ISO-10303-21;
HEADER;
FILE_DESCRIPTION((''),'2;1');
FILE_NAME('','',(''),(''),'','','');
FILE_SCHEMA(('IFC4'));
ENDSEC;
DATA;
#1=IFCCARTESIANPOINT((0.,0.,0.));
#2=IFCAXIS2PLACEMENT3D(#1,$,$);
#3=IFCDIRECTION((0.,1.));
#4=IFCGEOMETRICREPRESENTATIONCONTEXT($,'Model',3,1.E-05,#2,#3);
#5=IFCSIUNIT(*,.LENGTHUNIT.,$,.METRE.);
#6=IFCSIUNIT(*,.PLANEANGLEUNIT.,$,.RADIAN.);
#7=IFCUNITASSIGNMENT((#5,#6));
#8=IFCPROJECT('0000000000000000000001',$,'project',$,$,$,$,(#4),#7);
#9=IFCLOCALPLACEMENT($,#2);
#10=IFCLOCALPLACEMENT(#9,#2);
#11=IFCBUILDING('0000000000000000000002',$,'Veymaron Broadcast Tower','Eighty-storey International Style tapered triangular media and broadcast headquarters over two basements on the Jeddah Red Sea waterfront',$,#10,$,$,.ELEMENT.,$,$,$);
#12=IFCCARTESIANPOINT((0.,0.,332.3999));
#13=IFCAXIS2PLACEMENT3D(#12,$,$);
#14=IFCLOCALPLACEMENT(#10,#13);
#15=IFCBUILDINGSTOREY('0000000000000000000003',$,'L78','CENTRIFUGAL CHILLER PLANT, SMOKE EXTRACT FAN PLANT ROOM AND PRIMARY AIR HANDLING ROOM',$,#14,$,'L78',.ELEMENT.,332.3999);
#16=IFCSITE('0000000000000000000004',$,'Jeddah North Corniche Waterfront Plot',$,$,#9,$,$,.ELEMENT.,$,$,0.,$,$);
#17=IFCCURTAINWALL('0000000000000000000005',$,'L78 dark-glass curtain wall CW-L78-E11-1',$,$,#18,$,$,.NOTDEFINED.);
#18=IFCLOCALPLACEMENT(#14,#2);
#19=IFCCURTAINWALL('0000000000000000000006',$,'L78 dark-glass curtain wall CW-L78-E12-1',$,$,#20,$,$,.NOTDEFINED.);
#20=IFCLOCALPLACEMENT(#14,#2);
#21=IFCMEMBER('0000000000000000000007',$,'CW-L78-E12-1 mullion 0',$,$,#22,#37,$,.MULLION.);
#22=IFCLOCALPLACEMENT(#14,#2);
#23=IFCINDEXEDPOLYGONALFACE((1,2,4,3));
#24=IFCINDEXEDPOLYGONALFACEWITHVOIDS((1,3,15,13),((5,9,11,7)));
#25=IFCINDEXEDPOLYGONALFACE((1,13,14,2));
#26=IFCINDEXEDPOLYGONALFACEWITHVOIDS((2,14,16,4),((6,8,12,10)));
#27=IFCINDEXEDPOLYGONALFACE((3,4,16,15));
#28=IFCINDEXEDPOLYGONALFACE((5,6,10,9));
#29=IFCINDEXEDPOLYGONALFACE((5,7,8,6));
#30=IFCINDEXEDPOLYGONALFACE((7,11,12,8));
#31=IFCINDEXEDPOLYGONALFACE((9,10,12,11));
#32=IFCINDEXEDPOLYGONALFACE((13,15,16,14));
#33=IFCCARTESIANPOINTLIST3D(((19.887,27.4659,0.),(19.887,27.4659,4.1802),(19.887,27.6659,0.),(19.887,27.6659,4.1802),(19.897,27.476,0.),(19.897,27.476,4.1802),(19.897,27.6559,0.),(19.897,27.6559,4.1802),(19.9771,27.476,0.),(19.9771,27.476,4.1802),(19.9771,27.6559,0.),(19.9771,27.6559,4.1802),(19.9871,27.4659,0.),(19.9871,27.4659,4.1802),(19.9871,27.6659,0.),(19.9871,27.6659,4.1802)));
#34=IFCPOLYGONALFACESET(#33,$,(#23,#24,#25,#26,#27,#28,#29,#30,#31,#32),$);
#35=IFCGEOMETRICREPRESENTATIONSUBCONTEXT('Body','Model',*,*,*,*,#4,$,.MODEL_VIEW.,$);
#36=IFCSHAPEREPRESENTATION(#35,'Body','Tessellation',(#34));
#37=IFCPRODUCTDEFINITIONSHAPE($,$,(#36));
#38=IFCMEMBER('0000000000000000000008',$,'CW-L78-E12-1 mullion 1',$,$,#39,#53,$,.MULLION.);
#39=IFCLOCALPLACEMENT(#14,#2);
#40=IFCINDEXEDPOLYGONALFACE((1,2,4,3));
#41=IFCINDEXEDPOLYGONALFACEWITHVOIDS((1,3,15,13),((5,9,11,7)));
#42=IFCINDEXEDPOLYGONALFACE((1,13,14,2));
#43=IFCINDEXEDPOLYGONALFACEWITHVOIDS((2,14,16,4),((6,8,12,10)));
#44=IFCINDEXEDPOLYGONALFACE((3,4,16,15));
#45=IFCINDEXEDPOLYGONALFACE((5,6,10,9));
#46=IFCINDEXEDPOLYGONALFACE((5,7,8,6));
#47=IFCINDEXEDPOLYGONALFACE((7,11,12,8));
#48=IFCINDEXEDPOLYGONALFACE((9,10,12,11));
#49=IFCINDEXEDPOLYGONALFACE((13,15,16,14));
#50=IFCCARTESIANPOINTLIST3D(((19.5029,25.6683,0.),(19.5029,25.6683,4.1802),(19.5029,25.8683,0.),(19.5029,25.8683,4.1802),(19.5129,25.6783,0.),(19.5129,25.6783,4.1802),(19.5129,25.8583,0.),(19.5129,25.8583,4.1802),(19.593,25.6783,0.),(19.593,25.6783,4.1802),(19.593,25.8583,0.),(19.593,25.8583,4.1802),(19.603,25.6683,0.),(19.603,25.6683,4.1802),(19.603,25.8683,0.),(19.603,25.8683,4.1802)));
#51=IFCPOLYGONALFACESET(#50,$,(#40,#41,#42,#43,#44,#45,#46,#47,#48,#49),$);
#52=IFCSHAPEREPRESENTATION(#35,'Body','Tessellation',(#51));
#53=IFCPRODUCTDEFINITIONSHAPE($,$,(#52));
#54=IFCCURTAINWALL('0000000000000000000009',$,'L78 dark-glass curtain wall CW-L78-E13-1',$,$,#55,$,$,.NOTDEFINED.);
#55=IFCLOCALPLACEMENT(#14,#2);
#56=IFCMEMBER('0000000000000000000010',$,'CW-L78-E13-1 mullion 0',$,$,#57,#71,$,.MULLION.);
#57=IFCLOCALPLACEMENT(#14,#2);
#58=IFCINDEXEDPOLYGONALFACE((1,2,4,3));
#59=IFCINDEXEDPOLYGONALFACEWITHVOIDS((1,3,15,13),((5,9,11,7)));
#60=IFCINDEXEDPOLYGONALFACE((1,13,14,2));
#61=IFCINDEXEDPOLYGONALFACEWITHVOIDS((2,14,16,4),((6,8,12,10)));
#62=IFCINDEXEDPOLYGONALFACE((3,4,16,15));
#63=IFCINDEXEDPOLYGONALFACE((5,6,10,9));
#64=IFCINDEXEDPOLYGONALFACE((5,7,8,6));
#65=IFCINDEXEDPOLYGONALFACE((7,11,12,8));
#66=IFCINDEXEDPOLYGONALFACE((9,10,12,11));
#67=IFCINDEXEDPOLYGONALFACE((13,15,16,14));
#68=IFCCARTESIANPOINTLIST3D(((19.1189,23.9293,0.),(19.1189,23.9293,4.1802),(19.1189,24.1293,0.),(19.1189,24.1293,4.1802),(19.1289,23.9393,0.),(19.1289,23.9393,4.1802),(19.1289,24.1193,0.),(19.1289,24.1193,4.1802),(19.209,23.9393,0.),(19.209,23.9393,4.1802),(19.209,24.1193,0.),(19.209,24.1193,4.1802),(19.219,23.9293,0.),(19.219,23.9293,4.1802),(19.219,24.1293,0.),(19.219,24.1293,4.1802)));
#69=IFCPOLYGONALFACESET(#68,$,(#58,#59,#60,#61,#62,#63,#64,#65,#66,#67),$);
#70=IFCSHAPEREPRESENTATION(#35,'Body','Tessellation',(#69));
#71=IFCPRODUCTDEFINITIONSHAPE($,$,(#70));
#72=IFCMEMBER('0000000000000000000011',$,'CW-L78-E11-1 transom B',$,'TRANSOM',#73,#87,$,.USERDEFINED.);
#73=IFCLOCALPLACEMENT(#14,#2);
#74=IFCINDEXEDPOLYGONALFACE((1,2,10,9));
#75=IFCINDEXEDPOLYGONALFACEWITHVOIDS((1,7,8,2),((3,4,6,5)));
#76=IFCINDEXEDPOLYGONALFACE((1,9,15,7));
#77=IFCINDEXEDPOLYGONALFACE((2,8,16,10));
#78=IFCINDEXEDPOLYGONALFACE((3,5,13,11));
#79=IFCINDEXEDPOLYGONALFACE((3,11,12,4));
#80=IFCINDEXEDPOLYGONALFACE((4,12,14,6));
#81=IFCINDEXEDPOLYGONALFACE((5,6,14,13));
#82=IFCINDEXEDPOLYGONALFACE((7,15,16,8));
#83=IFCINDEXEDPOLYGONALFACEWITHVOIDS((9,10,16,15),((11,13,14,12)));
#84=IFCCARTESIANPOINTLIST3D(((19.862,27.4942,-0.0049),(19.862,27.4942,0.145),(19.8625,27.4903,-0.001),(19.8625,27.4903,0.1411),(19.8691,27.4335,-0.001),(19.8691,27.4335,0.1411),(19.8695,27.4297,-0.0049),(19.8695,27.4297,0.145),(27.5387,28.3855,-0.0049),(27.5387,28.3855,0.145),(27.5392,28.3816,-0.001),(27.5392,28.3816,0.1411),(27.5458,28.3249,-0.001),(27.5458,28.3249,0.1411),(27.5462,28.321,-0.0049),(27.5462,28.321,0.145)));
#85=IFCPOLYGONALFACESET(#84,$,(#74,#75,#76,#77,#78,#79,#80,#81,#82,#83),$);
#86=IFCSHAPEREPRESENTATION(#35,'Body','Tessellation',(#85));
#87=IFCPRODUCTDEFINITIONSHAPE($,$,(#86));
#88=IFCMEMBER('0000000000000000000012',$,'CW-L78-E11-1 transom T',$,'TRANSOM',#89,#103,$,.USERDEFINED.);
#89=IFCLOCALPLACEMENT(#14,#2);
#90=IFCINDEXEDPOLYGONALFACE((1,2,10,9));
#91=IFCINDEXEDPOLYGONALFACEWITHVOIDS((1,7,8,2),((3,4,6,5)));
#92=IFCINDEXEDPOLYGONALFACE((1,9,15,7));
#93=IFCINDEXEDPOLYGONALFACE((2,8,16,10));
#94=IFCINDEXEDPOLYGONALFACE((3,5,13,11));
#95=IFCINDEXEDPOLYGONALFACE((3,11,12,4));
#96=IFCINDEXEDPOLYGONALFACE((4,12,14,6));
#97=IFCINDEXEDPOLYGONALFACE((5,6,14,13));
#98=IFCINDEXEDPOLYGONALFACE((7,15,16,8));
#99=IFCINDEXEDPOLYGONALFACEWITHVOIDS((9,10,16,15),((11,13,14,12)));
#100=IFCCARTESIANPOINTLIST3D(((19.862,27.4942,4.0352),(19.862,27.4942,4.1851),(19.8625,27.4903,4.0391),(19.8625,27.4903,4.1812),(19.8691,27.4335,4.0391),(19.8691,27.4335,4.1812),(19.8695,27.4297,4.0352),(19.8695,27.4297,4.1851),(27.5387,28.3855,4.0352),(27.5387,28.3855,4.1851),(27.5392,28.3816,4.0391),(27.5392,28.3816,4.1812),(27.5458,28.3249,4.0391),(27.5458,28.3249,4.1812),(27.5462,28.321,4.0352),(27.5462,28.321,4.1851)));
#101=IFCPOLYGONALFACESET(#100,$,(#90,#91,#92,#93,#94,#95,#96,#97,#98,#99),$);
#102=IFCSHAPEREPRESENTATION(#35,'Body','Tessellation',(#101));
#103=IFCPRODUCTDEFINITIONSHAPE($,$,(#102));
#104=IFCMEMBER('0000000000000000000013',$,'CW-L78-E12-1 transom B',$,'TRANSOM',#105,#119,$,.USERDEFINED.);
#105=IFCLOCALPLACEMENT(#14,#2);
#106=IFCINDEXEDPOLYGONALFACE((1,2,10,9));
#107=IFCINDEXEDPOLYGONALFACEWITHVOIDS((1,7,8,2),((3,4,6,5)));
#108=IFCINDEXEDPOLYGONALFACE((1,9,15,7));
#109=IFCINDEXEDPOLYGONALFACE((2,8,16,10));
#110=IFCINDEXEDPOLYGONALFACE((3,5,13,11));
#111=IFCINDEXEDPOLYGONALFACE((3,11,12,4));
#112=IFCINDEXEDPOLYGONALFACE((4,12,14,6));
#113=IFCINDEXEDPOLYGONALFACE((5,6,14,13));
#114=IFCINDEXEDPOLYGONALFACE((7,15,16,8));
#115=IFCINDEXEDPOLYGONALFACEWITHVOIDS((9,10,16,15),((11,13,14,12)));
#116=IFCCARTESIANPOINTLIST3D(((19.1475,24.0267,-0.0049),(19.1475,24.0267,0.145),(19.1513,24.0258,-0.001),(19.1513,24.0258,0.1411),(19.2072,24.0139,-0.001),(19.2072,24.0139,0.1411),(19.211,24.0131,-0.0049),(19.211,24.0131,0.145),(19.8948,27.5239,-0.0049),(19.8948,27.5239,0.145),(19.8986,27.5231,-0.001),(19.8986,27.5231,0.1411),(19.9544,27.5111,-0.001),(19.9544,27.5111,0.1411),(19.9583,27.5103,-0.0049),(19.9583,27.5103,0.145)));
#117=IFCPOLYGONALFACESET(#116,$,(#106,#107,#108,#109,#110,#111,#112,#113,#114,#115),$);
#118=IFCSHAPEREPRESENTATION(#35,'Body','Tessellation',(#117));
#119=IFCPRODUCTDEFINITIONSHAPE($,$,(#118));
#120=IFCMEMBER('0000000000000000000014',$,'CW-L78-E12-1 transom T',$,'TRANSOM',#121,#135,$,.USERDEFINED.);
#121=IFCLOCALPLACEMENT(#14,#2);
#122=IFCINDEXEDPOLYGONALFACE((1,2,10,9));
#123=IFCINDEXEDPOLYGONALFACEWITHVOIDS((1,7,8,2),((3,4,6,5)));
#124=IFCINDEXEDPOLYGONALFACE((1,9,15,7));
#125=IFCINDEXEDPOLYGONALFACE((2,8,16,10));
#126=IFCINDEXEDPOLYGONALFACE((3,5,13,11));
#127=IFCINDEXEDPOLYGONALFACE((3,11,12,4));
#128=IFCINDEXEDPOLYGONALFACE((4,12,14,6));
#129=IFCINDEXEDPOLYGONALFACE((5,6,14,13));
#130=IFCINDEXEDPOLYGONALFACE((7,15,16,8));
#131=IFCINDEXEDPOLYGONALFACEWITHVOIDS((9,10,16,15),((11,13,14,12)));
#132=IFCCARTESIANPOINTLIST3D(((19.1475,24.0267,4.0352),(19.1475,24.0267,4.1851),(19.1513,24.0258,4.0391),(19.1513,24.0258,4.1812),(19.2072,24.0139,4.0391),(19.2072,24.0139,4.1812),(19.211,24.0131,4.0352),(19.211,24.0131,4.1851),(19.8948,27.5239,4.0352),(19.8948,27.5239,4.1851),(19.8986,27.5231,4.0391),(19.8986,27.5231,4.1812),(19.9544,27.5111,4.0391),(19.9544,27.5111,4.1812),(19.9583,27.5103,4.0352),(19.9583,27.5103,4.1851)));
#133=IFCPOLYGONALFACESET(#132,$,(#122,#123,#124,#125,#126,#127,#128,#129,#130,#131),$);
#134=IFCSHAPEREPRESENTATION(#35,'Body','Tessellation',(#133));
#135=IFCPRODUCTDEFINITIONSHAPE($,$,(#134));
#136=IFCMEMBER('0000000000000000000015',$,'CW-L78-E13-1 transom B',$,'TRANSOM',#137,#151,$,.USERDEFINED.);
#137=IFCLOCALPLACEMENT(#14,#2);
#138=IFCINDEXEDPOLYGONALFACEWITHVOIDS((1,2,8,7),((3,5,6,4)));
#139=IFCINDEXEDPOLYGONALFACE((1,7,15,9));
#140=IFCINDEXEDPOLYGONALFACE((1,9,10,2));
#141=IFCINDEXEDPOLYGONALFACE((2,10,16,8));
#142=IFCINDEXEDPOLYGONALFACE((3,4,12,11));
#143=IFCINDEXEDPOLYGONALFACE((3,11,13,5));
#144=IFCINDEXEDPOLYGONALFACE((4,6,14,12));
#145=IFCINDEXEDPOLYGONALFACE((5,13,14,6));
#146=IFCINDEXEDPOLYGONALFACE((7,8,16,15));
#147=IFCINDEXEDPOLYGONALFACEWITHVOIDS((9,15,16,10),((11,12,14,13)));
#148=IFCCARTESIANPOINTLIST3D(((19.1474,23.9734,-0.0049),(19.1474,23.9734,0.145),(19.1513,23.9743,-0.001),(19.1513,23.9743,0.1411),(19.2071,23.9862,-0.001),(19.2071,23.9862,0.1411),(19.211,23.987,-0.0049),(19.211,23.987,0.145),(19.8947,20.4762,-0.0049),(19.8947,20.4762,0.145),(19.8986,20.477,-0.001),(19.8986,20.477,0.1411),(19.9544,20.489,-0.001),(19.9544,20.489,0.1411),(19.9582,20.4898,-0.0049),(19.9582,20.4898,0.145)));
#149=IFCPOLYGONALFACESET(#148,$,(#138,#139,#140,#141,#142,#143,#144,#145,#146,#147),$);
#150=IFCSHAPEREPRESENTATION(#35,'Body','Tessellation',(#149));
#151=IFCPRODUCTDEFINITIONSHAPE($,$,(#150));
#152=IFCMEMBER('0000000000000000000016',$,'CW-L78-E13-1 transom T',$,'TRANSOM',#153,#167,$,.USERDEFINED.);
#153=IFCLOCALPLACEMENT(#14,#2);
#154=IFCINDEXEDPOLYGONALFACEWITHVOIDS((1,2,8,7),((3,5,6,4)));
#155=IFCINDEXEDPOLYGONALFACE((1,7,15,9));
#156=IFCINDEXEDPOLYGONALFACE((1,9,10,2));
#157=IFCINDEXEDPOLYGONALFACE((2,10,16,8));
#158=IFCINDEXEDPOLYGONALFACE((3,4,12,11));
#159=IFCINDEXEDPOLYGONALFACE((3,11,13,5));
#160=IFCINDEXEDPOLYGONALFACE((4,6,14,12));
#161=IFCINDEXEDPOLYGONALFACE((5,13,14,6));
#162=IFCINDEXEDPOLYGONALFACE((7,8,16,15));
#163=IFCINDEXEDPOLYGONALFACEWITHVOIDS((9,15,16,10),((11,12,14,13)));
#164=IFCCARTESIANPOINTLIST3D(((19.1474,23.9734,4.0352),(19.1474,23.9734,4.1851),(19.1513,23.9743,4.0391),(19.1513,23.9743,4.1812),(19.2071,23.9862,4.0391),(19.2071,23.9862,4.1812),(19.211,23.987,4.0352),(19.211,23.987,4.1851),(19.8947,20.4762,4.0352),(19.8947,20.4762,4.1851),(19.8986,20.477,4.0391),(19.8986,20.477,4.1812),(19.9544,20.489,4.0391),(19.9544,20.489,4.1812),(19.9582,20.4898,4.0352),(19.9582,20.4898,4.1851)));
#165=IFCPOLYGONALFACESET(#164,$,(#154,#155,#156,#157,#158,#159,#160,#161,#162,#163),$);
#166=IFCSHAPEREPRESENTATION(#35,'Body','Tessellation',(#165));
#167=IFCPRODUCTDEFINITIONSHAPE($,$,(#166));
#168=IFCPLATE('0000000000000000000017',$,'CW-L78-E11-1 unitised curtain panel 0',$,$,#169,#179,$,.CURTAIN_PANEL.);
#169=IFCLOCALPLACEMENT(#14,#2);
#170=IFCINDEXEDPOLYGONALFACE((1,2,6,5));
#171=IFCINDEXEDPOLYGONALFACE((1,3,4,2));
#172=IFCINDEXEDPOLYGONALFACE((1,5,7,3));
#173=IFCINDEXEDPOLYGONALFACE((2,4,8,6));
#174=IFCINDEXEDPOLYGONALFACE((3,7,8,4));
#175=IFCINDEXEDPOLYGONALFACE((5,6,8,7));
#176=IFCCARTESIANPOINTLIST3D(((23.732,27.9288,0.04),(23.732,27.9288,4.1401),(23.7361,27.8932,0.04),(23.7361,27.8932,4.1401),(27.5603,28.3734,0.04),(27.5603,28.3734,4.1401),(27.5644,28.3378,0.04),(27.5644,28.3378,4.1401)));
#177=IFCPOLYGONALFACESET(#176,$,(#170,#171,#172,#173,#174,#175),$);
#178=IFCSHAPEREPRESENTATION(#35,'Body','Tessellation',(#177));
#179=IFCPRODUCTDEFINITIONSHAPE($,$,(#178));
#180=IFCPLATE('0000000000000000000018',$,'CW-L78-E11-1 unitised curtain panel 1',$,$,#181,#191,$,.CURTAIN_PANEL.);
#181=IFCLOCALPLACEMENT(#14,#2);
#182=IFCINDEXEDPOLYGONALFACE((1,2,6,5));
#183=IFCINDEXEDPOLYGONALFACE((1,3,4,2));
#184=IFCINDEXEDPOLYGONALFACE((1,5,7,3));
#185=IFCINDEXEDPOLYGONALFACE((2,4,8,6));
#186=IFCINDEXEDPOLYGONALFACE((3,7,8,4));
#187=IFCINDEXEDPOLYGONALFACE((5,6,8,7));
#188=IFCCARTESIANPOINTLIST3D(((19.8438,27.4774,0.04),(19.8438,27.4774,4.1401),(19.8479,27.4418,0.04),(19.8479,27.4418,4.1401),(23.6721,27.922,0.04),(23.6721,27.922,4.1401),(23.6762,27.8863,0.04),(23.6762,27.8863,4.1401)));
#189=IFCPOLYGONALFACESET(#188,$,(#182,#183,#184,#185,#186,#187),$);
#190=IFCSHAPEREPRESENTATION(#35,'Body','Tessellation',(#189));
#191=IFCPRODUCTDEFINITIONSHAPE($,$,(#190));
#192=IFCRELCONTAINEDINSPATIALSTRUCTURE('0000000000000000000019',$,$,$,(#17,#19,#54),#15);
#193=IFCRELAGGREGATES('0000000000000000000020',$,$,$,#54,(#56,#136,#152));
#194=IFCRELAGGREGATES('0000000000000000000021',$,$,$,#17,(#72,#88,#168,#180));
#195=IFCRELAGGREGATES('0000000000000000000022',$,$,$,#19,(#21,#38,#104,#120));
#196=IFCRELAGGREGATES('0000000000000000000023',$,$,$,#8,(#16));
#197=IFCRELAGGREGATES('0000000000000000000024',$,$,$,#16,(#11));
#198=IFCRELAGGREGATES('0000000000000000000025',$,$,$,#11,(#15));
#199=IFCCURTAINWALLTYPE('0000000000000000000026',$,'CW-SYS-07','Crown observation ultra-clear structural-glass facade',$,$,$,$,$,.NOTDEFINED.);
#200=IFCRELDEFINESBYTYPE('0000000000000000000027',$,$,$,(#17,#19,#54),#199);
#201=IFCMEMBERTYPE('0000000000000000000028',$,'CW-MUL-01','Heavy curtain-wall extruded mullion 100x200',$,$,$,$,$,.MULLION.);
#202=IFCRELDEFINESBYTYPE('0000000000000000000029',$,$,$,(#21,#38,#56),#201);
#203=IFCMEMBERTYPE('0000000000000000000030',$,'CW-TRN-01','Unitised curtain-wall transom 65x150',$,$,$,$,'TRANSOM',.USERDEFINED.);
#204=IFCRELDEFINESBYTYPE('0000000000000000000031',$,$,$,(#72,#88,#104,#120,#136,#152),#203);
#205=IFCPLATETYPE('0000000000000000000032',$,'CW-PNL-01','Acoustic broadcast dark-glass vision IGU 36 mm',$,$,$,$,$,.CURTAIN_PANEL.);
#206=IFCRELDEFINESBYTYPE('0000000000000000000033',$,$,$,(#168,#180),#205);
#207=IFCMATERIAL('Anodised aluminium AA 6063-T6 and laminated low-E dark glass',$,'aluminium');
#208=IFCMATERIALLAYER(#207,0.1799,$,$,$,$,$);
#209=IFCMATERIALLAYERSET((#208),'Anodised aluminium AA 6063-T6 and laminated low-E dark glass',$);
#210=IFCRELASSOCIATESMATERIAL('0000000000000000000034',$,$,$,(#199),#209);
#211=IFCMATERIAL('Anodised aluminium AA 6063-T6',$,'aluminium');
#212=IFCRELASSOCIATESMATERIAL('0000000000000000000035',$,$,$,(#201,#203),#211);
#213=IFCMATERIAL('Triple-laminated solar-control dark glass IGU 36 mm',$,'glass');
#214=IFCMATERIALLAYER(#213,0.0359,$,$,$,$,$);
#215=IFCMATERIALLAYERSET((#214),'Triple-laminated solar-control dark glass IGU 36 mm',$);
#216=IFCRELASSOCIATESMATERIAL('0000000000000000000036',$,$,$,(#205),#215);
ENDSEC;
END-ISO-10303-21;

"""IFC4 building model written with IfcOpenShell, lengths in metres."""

from ifc_helpers import new_model, si_unit, direction, frame, origin, origin_2d, place, context, subcontext, project, spatial, rectangle, hollow_rectangle, extrude, material, layer, layer_set, material_profile, profile_set, type_object, element, aggregate, save


model = new_model("IFC4")

# Units and contexts
model_context = context("Model", 3, precision=1e-05, world=origin(), true_north=direction((0.0, 1.0)))
body_context = subcontext(model_context, "Body", "Model", "MODEL_VIEW")
ifc_project = project(units=[si_unit("LENGTHUNIT", "METRE"), si_unit("PLANEANGLEUNIT", "RADIAN")], contexts=[model_context])

# Site, building, storey
site_placement = place(None, origin())
site = spatial("IfcSite", under=ifc_project, at=site_placement, Name="Jeddah North Corniche Waterfront Plot", CompositionType="ELEMENT", RefElevation=0.0)
building_placement = place(site_placement, origin())
building = spatial("IfcBuilding", under=site, at=building_placement, Name="Veymaron Broadcast Tower", Description="Eighty-storey International Style tapered triangular media and broadcast headquarters over two basements on the Jeddah Red Sea waterfront", CompositionType="ELEMENT")
storey_placement = place(building_placement, frame((0.0, 0.0, 332.3999)))
storey = spatial("IfcBuildingStorey", under=building, at=storey_placement, Name="L78", Description="CENTRIFUGAL CHILLER PLANT, SMOKE EXTRACT FAN PLANT ROOM AND PRIMARY AIR HANDLING ROOM", LongName="L78", CompositionType="ELEMENT", Elevation=332.3999)

# Shared definitions
ifc_material_1 = material(Name="Anodised aluminium AA 6063-T6 and laminated low-E dark glass", Category="aluminium")
ifc_layer_1 = layer(ifc_material_1, 0.1799)
ifc_layer_set_1 = layer_set([ifc_layer_1], Name="Anodised aluminium AA 6063-T6 and laminated low-E dark glass")
curtain_wall_type = type_object("IfcCurtainWallType", Name="CW-SYS-07", Description="Crown observation ultra-clear structural-glass facade", PredefinedType="NOTDEFINED", material=ifc_layer_set_1)
ifc_material_2 = material(Name="Anodised aluminium AA 6063-T6", Category="aluminium")
ifc_material_profile_1 = material_profile(ifc_material_2, hollow_rectangle(XDim=0.1001, YDim=0.2, WallThickness=0.01, at=origin_2d()), Name="RHS200X100X10")
ifc_profile_set_1 = profile_set([ifc_material_profile_1], Name="Anodised aluminium AA 6063-T6")
member_type_1 = type_object("IfcMemberType", Name="CW-MUL-01", Description="Heavy curtain-wall extruded mullion 100x200", PredefinedType="MULLION", material=ifc_profile_set_1)

# Curtain walls, members
curtain_wall_1_placement = place(storey_placement, origin())
curtain_wall_1 = element("IfcCurtainWall", 1, at=curtain_wall_1_placement, inside=storey, type_object=curtain_wall_type, Name="L78 dark-glass curtain wall CW-L78-E11-1", PredefinedType="NOTDEFINED")
curtain_wall_2_placement = place(storey_placement, origin())
curtain_wall_2 = element("IfcCurtainWall", 2, at=curtain_wall_2_placement, inside=storey, type_object=curtain_wall_type, Name="L78 dark-glass curtain wall CW-L78-E12-1", PredefinedType="NOTDEFINED")
member_1_placement = place(storey_placement, frame((19.937, 27.5659, 0.0), z_axis=(0.0, 0.0, 1.0), x_axis=(1.0, 0.0, 0.0)))
member_1 = element("IfcMember", 3, at=member_1_placement, type_object=member_type_1, Name="CW-L78-E12-1 mullion 0", PredefinedType="MULLION", context=body_context, shape_type="SweptSolid", body=[
    extrude(hollow_rectangle(XDim=0.1001, YDim=0.2, WallThickness=0.01, at=origin_2d()), origin(), (0.0, 0.0, 1.0), 4.1802),
])
member_2_placement = place(storey_placement, frame((19.553, 25.7683, 0.0), z_axis=(0.0, 0.0, 1.0), x_axis=(1.0, 0.0, 0.0)))
member_2 = element("IfcMember", 4, at=member_2_placement, type_object=member_type_1, Name="CW-L78-E12-1 mullion 1", PredefinedType="MULLION", context=body_context, shape_type="SweptSolid", body=[
    extrude(hollow_rectangle(XDim=0.1001, YDim=0.2, WallThickness=0.01, at=origin_2d()), origin(), (0.0, 0.0, 1.0), 4.1802),
])

# Curtain wall, member
curtain_wall_3_placement = place(storey_placement, origin())
curtain_wall_3 = element("IfcCurtainWall", 5, at=curtain_wall_3_placement, inside=storey, type_object=curtain_wall_type, Name="L78 dark-glass curtain wall CW-L78-E13-1", PredefinedType="NOTDEFINED")
member_3_placement = place(storey_placement, frame((19.1689, 24.0293, 0.0), z_axis=(0.0, 0.0, 1.0), x_axis=(1.0, 0.0, 0.0)))
member_3 = element("IfcMember", 6, at=member_3_placement, type_object=member_type_1, Name="CW-L78-E13-1 mullion 0", PredefinedType="MULLION", context=body_context, shape_type="SweptSolid", body=[
    extrude(hollow_rectangle(XDim=0.1001, YDim=0.2, WallThickness=0.01, at=origin_2d()), origin(), (0.0, 0.0, 1.0), 4.1802),
])

# Members
ifc_material_profile_2 = material_profile(ifc_material_2, hollow_rectangle(XDim=0.0649, YDim=0.1499, WallThickness=0.0039, at=origin_2d()), Name="AL150X65X4")
ifc_profile_set_2 = profile_set([ifc_material_profile_2], Name="Anodised aluminium AA 6063-T6")
member_type_2 = type_object("IfcMemberType", Name="CW-TRN-01", Description="Unitised curtain-wall transom 65x150", ElementType="TRANSOM", PredefinedType="USERDEFINED", material=ifc_profile_set_2)
member_4_placement = place(storey_placement, frame((27.5425, 28.3533, 0.0701), z_axis=(-0.993326, -0.115336, 0.0), x_axis=(0.115336, -0.993326, 0.0)))
member_4 = element("IfcMember", 7, at=member_4_placement, type_object=member_type_2, Name="CW-L78-E11-1 transom B", ObjectType="TRANSOM", PredefinedType="USERDEFINED", context=body_context, shape_type="SweptSolid", body=[
    extrude(hollow_rectangle(XDim=0.0649, YDim=0.1499, WallThickness=0.0039, at=origin_2d()), origin(), (0.0, 0.0, 1.0), 7.7283),
])
member_5_placement = place(storey_placement, frame((27.5425, 28.3533, 4.1101), z_axis=(-0.993326, -0.115336, 0.0), x_axis=(0.115336, -0.993326, 0.0)))
member_5 = element("IfcMember", 8, at=member_5_placement, type_object=member_type_2, Name="CW-L78-E11-1 transom T", ObjectType="TRANSOM", PredefinedType="USERDEFINED", context=body_context, shape_type="SweptSolid", body=[
    extrude(hollow_rectangle(XDim=0.0649, YDim=0.1499, WallThickness=0.0039, at=origin_2d()), origin(), (0.0, 0.0, 1.0), 7.7283),
])
member_6_placement = place(storey_placement, frame((19.9265, 27.5171, 0.0701), z_axis=(-0.208965, -0.977923, 0.0), x_axis=(0.977923, -0.208965, 0.0)))
member_6 = element("IfcMember", 9, at=member_6_placement, type_object=member_type_2, Name="CW-L78-E12-1 transom B", ObjectType="TRANSOM", PredefinedType="USERDEFINED", context=body_context, shape_type="SweptSolid", body=[
    extrude(hollow_rectangle(XDim=0.0649, YDim=0.1499, WallThickness=0.0039, at=origin_2d()), origin(), (0.0, 0.0, 1.0), 3.5762),
])
member_7_placement = place(storey_placement, frame((19.9265, 27.5171, 4.1101), z_axis=(-0.208965, -0.977923, 0.0), x_axis=(0.977923, -0.208965, 0.0)))
member_7 = element("IfcMember", 10, at=member_7_placement, type_object=member_type_2, Name="CW-L78-E12-1 transom T", ObjectType="TRANSOM", PredefinedType="USERDEFINED", context=body_context, shape_type="SweptSolid", body=[
    extrude(hollow_rectangle(XDim=0.0649, YDim=0.1499, WallThickness=0.0039, at=origin_2d()), origin(), (0.0, 0.0, 1.0), 3.5762),
])
member_8_placement = place(storey_placement, frame((19.1792, 23.9802, 0.0701), z_axis=(0.208965, -0.977923, 0.0), x_axis=(0.977923, 0.208965, 0.0)))
member_8 = element("IfcMember", 11, at=member_8_placement, type_object=member_type_2, Name="CW-L78-E13-1 transom B", ObjectType="TRANSOM", PredefinedType="USERDEFINED", context=body_context, shape_type="SweptSolid", body=[
    extrude(hollow_rectangle(XDim=0.0649, YDim=0.1499, WallThickness=0.0039, at=origin_2d()), origin(), (0.0, 0.0, 1.0), 3.5762),
])
member_9_placement = place(storey_placement, frame((19.1792, 23.9802, 4.1101), z_axis=(0.208965, -0.977923, 0.0), x_axis=(0.977923, 0.208965, 0.0)))
member_9 = element("IfcMember", 12, at=member_9_placement, type_object=member_type_2, Name="CW-L78-E13-1 transom T", ObjectType="TRANSOM", PredefinedType="USERDEFINED", context=body_context, shape_type="SweptSolid", body=[
    extrude(hollow_rectangle(XDim=0.0649, YDim=0.1499, WallThickness=0.0039, at=origin_2d()), origin(), (0.0, 0.0, 1.0), 3.5762),
])
aggregate(curtain_wall_3, [member_3, member_8, member_9])

# Plates
ifc_material_3 = material(Name="Triple-laminated solar-control dark glass IGU 36 mm", Category="glass")
ifc_layer_2 = layer(ifc_material_3, 0.0359)
ifc_layer_set_2 = layer_set([ifc_layer_2], Name="Triple-laminated solar-control dark glass IGU 36 mm")
plate_type = type_object("IfcPlateType", Name="CW-PNL-01", Description="Acoustic broadcast dark-glass vision IGU 36 mm", PredefinedType="CURTAIN_PANEL", material=ifc_layer_set_2)
plate_1_placement = place(storey_placement, frame((25.6482, 28.1333, 0.04), z_axis=(0.0, 0.0, 1.0), x_axis=(-0.993325, -0.115353, 0.0)))
plate_1 = element("IfcPlate", 13, at=plate_1_placement, type_object=plate_type, Name="CW-L78-E11-1 unitised curtain panel 0", PredefinedType="CURTAIN_PANEL", context=body_context, shape_type="SweptSolid", body=[
    extrude(rectangle(XDim=3.854, YDim=0.0359, at=origin_2d()), origin(), (0.0, 0.0, 1.0), 4.1001),
])
plate_2_placement = place(storey_placement, frame((21.76, 27.6819, 0.04), z_axis=(0.0, 0.0, 1.0), x_axis=(-0.993325, -0.115353, 0.0)))
plate_2 = element("IfcPlate", 14, at=plate_2_placement, type_object=plate_type, Name="CW-L78-E11-1 unitised curtain panel 1", PredefinedType="CURTAIN_PANEL", context=body_context, shape_type="SweptSolid", body=[
    extrude(rectangle(XDim=3.854, YDim=0.0359, at=origin_2d()), origin(), (0.0, 0.0, 1.0), 4.1001),
])
aggregate(curtain_wall_1, [member_4, member_5, plate_1, plate_2])
aggregate(curtain_wall_2, [member_1, member_2, member_6, member_7])

save(model, "model.ifc")
